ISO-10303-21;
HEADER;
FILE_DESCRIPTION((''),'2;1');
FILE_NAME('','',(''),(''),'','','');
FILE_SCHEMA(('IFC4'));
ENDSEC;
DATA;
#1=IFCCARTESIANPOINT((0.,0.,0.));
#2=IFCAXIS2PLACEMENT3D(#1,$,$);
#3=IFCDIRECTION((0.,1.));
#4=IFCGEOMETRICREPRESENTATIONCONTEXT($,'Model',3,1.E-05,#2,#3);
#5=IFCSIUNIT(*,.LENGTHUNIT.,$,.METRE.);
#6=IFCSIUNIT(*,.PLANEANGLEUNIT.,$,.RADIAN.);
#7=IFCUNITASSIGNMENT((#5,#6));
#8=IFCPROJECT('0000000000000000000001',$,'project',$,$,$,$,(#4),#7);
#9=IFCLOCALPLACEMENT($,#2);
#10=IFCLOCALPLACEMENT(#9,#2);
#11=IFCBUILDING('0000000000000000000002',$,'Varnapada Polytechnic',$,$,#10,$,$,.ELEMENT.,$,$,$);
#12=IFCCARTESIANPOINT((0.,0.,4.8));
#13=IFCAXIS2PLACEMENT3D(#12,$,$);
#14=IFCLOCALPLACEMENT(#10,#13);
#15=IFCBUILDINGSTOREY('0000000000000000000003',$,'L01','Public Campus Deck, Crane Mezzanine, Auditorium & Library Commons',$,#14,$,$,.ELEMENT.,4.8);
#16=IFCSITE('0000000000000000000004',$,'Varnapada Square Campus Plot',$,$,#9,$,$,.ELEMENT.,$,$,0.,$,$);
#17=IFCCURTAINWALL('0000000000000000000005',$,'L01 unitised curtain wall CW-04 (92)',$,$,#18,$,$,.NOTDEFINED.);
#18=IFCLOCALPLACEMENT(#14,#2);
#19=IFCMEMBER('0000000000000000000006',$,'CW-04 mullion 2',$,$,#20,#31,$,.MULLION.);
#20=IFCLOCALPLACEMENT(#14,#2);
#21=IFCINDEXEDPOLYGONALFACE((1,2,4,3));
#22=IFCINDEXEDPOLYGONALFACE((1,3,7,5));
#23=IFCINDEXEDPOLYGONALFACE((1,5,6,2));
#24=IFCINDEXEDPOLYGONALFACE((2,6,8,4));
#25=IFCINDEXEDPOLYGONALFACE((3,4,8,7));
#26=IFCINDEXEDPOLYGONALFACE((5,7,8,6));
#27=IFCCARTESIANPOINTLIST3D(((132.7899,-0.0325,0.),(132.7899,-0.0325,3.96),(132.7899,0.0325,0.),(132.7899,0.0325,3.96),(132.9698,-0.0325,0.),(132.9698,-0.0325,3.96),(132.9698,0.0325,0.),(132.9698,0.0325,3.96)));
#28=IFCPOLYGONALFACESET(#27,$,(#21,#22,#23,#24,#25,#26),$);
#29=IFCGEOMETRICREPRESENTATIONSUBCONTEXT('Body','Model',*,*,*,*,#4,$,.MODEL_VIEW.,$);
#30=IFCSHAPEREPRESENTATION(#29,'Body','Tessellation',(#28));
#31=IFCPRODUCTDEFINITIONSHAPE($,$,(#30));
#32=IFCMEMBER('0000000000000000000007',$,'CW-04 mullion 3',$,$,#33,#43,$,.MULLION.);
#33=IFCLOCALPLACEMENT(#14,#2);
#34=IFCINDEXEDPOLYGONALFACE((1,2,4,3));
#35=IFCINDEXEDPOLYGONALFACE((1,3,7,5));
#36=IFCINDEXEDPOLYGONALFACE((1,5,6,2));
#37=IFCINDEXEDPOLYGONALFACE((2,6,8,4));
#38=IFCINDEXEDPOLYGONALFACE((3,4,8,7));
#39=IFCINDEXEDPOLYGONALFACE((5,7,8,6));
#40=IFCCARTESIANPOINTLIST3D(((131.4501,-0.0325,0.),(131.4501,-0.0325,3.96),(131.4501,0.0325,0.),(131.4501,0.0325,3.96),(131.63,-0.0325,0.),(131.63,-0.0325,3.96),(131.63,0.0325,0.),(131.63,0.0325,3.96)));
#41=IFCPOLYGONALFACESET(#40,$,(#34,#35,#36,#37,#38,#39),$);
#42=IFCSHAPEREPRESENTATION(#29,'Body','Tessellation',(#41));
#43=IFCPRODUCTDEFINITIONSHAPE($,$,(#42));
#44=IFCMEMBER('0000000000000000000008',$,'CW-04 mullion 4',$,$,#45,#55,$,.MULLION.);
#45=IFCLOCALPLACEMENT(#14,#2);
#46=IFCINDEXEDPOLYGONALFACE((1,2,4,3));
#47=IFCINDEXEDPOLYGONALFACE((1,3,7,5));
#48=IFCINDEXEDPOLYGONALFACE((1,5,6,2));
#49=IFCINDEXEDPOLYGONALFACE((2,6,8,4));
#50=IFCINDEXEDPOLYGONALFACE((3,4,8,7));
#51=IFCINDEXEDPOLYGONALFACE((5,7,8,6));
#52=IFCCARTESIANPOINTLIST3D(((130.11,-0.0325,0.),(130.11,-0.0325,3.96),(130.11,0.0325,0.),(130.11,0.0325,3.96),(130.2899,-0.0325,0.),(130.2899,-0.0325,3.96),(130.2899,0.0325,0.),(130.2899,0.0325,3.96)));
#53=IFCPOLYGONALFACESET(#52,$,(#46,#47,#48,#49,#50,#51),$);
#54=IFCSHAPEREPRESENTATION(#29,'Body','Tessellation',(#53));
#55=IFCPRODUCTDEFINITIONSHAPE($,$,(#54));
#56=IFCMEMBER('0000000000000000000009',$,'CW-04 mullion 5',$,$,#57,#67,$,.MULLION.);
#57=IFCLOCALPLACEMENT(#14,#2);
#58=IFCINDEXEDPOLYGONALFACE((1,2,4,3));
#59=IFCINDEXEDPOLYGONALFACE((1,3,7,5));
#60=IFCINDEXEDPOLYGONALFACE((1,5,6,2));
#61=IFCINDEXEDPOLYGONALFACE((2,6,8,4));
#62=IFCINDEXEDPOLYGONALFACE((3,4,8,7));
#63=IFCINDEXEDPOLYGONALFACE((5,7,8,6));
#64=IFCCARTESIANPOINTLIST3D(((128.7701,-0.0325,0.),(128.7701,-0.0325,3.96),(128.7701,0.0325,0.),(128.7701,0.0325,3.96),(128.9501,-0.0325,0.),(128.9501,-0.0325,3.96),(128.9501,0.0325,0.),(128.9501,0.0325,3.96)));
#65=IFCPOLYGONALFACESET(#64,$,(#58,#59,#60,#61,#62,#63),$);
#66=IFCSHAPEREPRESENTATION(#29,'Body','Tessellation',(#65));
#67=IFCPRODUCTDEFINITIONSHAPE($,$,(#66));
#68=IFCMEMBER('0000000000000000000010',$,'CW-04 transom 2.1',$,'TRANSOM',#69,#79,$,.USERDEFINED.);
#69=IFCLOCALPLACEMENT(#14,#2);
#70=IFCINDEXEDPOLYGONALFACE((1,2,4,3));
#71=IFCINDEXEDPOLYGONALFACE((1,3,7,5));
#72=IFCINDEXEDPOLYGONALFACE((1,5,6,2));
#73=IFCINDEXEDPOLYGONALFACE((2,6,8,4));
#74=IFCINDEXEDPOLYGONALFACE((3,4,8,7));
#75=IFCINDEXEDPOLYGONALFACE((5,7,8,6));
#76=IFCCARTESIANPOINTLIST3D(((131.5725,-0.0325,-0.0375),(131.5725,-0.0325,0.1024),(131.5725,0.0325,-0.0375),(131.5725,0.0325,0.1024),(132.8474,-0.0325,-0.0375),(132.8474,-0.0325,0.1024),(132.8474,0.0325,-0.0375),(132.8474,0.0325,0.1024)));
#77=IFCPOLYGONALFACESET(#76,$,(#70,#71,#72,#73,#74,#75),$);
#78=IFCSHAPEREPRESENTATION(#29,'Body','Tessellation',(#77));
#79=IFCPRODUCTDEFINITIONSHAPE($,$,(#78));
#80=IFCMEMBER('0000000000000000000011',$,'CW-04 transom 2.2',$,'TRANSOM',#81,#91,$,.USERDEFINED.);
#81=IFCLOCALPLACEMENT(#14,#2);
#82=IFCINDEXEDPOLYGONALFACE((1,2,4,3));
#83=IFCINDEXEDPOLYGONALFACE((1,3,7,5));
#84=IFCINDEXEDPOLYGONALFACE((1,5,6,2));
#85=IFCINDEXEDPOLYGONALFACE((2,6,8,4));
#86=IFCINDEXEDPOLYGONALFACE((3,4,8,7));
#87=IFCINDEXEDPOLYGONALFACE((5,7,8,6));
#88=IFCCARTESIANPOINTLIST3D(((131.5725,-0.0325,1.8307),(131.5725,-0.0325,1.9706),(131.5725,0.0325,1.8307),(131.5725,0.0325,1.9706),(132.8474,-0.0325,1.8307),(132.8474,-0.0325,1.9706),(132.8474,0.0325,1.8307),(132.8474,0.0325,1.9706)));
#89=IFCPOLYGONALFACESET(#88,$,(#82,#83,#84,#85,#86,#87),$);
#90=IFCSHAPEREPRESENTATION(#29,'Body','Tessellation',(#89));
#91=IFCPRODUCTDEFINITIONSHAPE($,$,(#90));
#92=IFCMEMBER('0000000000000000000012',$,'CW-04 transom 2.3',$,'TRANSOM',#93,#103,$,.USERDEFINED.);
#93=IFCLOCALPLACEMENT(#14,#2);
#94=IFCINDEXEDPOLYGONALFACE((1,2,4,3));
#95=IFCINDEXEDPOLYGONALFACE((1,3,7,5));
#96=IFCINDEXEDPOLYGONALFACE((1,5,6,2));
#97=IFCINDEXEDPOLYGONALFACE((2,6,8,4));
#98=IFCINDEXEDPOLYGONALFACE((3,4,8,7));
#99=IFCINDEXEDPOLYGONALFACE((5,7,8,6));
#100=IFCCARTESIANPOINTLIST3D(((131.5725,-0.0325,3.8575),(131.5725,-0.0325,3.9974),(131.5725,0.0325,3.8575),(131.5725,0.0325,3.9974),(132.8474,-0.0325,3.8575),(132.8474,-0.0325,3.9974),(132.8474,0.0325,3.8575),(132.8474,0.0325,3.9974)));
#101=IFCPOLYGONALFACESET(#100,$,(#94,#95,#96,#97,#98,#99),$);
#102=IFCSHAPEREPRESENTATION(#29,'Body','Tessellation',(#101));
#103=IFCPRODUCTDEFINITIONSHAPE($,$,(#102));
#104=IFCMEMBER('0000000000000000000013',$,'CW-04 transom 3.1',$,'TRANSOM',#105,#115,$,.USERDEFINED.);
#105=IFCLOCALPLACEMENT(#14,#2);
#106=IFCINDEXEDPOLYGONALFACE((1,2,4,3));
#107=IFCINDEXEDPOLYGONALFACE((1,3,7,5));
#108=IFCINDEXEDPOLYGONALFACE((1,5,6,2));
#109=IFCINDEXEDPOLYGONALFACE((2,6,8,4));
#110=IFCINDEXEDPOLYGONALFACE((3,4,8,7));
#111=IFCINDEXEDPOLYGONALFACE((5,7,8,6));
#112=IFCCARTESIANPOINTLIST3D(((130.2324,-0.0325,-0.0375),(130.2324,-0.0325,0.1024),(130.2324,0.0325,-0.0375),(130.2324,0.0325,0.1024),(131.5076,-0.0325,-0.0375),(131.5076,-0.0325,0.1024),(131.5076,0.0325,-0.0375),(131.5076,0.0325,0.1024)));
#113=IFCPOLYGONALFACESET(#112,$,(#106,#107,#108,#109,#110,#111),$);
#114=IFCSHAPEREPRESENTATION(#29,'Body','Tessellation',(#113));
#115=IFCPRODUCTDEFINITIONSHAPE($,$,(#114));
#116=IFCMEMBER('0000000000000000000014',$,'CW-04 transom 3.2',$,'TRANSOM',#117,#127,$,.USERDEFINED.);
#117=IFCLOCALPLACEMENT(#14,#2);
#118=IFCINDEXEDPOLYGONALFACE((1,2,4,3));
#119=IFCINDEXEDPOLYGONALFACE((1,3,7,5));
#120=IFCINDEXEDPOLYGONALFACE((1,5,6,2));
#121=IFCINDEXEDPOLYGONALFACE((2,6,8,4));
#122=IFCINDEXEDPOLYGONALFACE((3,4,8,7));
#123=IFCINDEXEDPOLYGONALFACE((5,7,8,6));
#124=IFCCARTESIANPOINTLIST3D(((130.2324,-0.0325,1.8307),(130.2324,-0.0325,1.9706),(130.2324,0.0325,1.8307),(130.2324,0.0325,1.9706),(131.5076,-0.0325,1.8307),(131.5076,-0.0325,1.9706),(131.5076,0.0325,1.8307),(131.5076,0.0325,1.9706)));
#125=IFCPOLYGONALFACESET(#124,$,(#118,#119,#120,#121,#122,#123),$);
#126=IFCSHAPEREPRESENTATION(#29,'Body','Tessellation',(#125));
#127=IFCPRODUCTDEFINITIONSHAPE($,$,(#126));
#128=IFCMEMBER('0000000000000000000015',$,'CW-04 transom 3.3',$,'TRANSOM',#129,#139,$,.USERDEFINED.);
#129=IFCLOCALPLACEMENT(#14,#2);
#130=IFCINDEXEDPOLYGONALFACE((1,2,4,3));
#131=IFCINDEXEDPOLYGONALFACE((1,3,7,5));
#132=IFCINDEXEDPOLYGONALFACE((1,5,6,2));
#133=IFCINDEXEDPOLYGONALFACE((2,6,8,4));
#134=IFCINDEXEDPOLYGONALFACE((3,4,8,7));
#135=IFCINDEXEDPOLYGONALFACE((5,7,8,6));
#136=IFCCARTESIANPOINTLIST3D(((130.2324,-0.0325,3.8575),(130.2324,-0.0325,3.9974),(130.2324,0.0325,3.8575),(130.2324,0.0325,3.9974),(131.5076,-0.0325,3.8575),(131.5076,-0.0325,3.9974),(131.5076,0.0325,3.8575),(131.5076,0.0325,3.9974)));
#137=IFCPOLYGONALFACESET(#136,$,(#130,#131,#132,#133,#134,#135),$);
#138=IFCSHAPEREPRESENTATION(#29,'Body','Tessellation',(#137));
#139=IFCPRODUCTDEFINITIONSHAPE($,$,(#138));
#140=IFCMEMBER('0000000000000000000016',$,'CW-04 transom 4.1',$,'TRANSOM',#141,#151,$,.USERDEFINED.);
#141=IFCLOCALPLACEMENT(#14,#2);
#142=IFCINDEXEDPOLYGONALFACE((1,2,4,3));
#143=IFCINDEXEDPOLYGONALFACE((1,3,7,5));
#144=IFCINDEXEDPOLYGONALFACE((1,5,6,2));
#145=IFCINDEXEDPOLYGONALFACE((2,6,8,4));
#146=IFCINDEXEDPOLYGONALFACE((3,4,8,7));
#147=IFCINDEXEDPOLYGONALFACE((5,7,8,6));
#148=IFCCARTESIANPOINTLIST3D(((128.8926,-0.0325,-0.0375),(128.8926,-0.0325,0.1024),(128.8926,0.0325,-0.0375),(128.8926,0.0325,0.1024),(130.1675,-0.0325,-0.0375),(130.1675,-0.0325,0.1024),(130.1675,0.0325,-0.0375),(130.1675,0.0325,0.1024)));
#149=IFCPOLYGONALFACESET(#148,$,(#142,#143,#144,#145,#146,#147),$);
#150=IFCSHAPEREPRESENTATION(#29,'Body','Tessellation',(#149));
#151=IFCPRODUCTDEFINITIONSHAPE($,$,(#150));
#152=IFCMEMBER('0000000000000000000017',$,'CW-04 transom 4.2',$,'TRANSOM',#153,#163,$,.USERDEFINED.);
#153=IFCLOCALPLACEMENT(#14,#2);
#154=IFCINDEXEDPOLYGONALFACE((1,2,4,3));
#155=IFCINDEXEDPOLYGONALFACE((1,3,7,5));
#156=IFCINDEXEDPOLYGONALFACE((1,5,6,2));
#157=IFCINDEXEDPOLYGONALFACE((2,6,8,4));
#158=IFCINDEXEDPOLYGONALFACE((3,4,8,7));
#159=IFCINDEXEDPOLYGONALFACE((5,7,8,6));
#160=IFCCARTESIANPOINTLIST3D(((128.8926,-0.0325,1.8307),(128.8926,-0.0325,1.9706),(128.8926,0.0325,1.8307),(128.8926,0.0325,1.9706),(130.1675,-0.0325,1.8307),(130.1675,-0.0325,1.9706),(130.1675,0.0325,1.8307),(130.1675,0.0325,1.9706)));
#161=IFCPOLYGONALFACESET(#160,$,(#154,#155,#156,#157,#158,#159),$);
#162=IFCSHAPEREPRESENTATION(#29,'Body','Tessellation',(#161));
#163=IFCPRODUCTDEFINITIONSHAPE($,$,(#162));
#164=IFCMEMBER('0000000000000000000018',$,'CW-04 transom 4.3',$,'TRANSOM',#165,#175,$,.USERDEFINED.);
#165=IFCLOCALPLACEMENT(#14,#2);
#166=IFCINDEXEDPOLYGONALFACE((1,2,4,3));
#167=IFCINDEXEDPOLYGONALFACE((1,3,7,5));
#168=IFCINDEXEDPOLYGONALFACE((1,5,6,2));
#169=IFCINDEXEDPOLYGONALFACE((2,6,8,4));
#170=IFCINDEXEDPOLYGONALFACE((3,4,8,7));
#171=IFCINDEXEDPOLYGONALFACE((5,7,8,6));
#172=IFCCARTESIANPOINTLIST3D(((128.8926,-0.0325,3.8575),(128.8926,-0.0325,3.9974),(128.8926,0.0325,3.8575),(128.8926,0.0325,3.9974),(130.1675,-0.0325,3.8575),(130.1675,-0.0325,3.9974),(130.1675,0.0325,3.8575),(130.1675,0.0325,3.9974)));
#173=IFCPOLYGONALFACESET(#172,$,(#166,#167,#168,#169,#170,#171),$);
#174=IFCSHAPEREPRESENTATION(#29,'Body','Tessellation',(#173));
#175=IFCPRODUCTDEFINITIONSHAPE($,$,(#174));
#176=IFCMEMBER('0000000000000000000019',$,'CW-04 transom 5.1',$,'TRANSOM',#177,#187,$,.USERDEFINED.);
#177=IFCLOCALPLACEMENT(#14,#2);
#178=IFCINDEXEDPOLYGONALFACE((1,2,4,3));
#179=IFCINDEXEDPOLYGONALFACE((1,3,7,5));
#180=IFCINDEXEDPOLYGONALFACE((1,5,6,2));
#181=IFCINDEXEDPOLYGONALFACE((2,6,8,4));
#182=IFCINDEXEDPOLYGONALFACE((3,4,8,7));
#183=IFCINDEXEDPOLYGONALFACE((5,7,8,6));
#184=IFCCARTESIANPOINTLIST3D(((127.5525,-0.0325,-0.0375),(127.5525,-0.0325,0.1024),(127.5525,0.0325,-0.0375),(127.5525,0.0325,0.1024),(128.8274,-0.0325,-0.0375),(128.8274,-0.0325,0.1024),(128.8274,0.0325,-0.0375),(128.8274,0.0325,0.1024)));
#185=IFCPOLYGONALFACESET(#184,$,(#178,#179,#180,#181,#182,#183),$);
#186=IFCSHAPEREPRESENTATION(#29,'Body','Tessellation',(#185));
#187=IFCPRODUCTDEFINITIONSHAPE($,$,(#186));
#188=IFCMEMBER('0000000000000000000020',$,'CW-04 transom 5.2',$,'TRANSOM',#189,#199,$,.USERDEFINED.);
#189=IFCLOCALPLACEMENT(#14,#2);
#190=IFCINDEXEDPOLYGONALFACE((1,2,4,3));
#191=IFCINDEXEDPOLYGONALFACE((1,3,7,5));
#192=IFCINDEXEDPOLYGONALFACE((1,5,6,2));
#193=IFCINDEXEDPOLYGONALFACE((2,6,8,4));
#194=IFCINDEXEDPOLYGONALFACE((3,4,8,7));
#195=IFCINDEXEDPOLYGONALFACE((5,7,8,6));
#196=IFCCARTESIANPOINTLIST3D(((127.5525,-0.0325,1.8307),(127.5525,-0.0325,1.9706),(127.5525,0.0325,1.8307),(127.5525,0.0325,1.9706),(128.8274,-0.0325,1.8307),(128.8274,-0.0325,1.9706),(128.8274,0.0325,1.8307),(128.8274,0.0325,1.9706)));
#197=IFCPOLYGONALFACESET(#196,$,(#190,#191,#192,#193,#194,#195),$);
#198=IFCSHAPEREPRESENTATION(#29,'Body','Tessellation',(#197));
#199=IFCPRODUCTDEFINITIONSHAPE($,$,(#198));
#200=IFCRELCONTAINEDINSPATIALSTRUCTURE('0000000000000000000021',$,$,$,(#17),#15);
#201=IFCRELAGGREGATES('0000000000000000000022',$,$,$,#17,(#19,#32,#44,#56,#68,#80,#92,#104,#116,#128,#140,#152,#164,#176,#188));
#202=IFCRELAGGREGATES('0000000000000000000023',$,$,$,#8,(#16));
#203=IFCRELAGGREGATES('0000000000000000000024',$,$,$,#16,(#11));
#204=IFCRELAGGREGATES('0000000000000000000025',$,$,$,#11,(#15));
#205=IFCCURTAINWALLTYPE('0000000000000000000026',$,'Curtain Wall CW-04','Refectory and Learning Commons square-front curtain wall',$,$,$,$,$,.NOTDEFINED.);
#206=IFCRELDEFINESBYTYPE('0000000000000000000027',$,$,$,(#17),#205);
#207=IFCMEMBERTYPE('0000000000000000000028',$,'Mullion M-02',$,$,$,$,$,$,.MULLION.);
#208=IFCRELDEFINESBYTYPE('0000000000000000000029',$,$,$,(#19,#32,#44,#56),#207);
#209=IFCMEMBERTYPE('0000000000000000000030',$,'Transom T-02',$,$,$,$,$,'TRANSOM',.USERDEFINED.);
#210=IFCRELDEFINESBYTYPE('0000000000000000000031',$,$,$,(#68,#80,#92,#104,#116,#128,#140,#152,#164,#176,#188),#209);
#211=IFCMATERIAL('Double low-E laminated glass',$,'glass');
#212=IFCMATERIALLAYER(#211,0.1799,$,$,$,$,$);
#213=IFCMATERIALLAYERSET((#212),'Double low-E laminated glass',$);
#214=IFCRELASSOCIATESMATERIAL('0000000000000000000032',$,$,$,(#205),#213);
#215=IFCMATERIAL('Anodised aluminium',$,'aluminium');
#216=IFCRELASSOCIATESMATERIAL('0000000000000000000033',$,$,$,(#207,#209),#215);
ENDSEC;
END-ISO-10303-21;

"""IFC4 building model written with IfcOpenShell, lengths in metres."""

from ifc_helpers import new_model, si_unit, direction, frame, origin, origin_2d, place, context, subcontext, project, spatial, rectangle, extrude, material, layer, layer_set, material_profile, profile_set, type_object, element, aggregate, save


model = new_model("IFC4")

# Units and contexts
model_context = context("Model", 3, precision=1e-05, world=origin(), true_north=direction((0.0, 1.0)))
body_context = subcontext(model_context, "Body", "Model", "MODEL_VIEW")
ifc_project = project(units=[si_unit("LENGTHUNIT", "METRE"), si_unit("PLANEANGLEUNIT", "RADIAN")], contexts=[model_context])

# Site, building, storey
site_placement = place(None, origin())
site = spatial("IfcSite", under=ifc_project, at=site_placement, Name="Varnapada Square Campus Plot", CompositionType="ELEMENT", RefElevation=0.0)
building_placement = place(site_placement, origin())
building = spatial("IfcBuilding", under=site, at=building_placement, Name="Varnapada Polytechnic", CompositionType="ELEMENT")
storey_placement = place(building_placement, frame((0.0, 0.0, 4.8)))
storey = spatial("IfcBuildingStorey", under=building, at=storey_placement, Name="L01", Description="Public Campus Deck, Crane Mezzanine, Auditorium & Library Commons", CompositionType="ELEMENT", Elevation=4.8)

# Curtain wall, members
ifc_material_1 = material(Name="Double low-E laminated glass", Category="glass")
ifc_layer_1 = layer(ifc_material_1, 0.1799)
ifc_layer_set_1 = layer_set([ifc_layer_1], Name="Double low-E laminated glass")
curtain_wall_type = type_object("IfcCurtainWallType", Name="Curtain Wall CW-04", Description="Refectory and Learning Commons square-front curtain wall", PredefinedType="NOTDEFINED", material=ifc_layer_set_1)
curtain_wall_placement = place(storey_placement, origin())
curtain_wall = element("IfcCurtainWall", 1, at=curtain_wall_placement, inside=storey, type_object=curtain_wall_type, Name="L01 unitised curtain wall CW-04 (92)", PredefinedType="NOTDEFINED")
ifc_material_2 = material(Name="Anodised aluminium", Category="aluminium")
ifc_material_profile_1 = material_profile(ifc_material_2, rectangle(XDim=0.0649, YDim=0.1799, at=origin_2d()), Name="ALU M65x180")
ifc_profile_set_1 = profile_set([ifc_material_profile_1], Name="Anodised aluminium")
member_type_1 = type_object("IfcMemberType", Name="Mullion M-02", PredefinedType="MULLION", material=ifc_profile_set_1)
member_1_placement = place(storey_placement, frame((132.8799, 0.0, 0.0), z_axis=(0.0, 0.0, 1.0), x_axis=(0.0, -1.0, 0.0)))
member_1 = element("IfcMember", 2, at=member_1_placement, type_object=member_type_1, Name="CW-04 mullion 2", PredefinedType="MULLION", context=body_context, shape_type="SweptSolid", body=[
    extrude(rectangle(XDim=0.0649, YDim=0.1799, at=origin_2d()), origin(), (0.0, 0.0, 1.0), 3.96),
])
member_2_placement = place(storey_placement, frame((131.54, 0.0, 0.0), z_axis=(0.0, 0.0, 1.0), x_axis=(0.0, -1.0, 0.0)))
member_2 = element("IfcMember", 3, at=member_2_placement, type_object=member_type_1, Name="CW-04 mullion 3", PredefinedType="MULLION", context=body_context, shape_type="SweptSolid", body=[
    extrude(rectangle(XDim=0.0649, YDim=0.1799, at=origin_2d()), origin(), (0.0, 0.0, 1.0), 3.96),
])
member_3_placement = place(storey_placement, frame((130.2, 0.0, 0.0), z_axis=(0.0, 0.0, 1.0), x_axis=(0.0, -1.0, 0.0)))
member_3 = element("IfcMember", 4, at=member_3_placement, type_object=member_type_1, Name="CW-04 mullion 4", PredefinedType="MULLION", context=body_context, shape_type="SweptSolid", body=[
    extrude(rectangle(XDim=0.0649, YDim=0.1799, at=origin_2d()), origin(), (0.0, 0.0, 1.0), 3.96),
])
member_4_placement = place(storey_placement, frame((128.8601, 0.0, 0.0), z_axis=(0.0, 0.0, 1.0), x_axis=(0.0, -1.0, 0.0)))
member_4 = element("IfcMember", 5, at=member_4_placement, type_object=member_type_1, Name="CW-04 mullion 5", PredefinedType="MULLION", context=body_context, shape_type="SweptSolid", body=[
    extrude(rectangle(XDim=0.0649, YDim=0.1799, at=origin_2d()), origin(), (0.0, 0.0, 1.0), 3.96),
])
ifc_material_profile_2 = material_profile(ifc_material_2, rectangle(XDim=0.0649, YDim=0.1399, at=origin_2d()), Name="ALU T65x140")
ifc_profile_set_2 = profile_set([ifc_material_profile_2], Name="Anodised aluminium")
member_type_2 = type_object("IfcMemberType", Name="Transom T-02", ElementType="TRANSOM", PredefinedType="USERDEFINED", material=ifc_profile_set_2)
member_5_placement = place(storey_placement, frame((132.8474, 0.0, 0.0325), z_axis=(-1.0, 0.0, 0.0), x_axis=(0.0, -1.0, 0.0)))
member_5 = element("IfcMember", 6, at=member_5_placement, type_object=member_type_2, Name="CW-04 transom 2.1", ObjectType="TRANSOM", PredefinedType="USERDEFINED", context=body_context, shape_type="SweptSolid", body=[
    extrude(rectangle(XDim=0.0649, YDim=0.1399, at=origin_2d()), origin(), (0.0, 0.0, 1.0), 1.2749),
])
member_6_placement = place(storey_placement, frame((132.8474, 0.0, 1.9006), z_axis=(-1.0, 0.0, 0.0), x_axis=(0.0, -1.0, 0.0)))
member_6 = element("IfcMember", 7, at=member_6_placement, type_object=member_type_2, Name="CW-04 transom 2.2", ObjectType="TRANSOM", PredefinedType="USERDEFINED", context=body_context, shape_type="SweptSolid", body=[
    extrude(rectangle(XDim=0.0649, YDim=0.1399, at=origin_2d()), origin(), (0.0, 0.0, 1.0), 1.2749),
])
member_7_placement = place(storey_placement, frame((132.8474, 0.0, 3.9275), z_axis=(-1.0, 0.0, 0.0), x_axis=(0.0, -1.0, 0.0)))
member_7 = element("IfcMember", 8, at=member_7_placement, type_object=member_type_2, Name="CW-04 transom 2.3", ObjectType="TRANSOM", PredefinedType="USERDEFINED", context=body_context, shape_type="SweptSolid", body=[
    extrude(rectangle(XDim=0.0649, YDim=0.1399, at=origin_2d()), origin(), (0.0, 0.0, 1.0), 1.2749),
])
member_8_placement = place(storey_placement, frame((131.5076, 0.0, 0.0325), z_axis=(-1.0, 0.0, 0.0), x_axis=(0.0, -1.0, 0.0)))
member_8 = element("IfcMember", 9, at=member_8_placement, type_object=member_type_2, Name="CW-04 transom 3.1", ObjectType="TRANSOM", PredefinedType="USERDEFINED", context=body_context, shape_type="SweptSolid", body=[
    extrude(rectangle(XDim=0.0649, YDim=0.1399, at=origin_2d()), origin(), (0.0, 0.0, 1.0), 1.2751),
])
member_9_placement = place(storey_placement, frame((131.5076, 0.0, 1.9006), z_axis=(-1.0, 0.0, 0.0), x_axis=(0.0, -1.0, 0.0)))
member_9 = element("IfcMember", 10, at=member_9_placement, type_object=member_type_2, Name="CW-04 transom 3.2", ObjectType="TRANSOM", PredefinedType="USERDEFINED", context=body_context, shape_type="SweptSolid", body=[
    extrude(rectangle(XDim=0.0649, YDim=0.1399, at=origin_2d()), origin(), (0.0, 0.0, 1.0), 1.2751),
])
member_10_placement = place(storey_placement, frame((131.5076, 0.0, 3.9275), z_axis=(-1.0, 0.0, 0.0), x_axis=(0.0, -1.0, 0.0)))
member_10 = element("IfcMember", 11, at=member_10_placement, type_object=member_type_2, Name="CW-04 transom 3.3", ObjectType="TRANSOM", PredefinedType="USERDEFINED", context=body_context, shape_type="SweptSolid", body=[
    extrude(rectangle(XDim=0.0649, YDim=0.1399, at=origin_2d()), origin(), (0.0, 0.0, 1.0), 1.2751),
])
member_11_placement = place(storey_placement, frame((130.1675, 0.0, 0.0325), z_axis=(-1.0, 0.0, 0.0), x_axis=(0.0, -1.0, 0.0)))
member_11 = element("IfcMember", 12, at=member_11_placement, type_object=member_type_2, Name="CW-04 transom 4.1", ObjectType="TRANSOM", PredefinedType="USERDEFINED", context=body_context, shape_type="SweptSolid", body=[
    extrude(rectangle(XDim=0.0649, YDim=0.1399, at=origin_2d()), origin(), (0.0, 0.0, 1.0), 1.2749),
])
member_12_placement = place(storey_placement, frame((130.1675, 0.0, 1.9006), z_axis=(-1.0, 0.0, 0.0), x_axis=(0.0, -1.0, 0.0)))
member_12 = element("IfcMember", 13, at=member_12_placement, type_object=member_type_2, Name="CW-04 transom 4.2", ObjectType="TRANSOM", PredefinedType="USERDEFINED", context=body_context, shape_type="SweptSolid", body=[
    extrude(rectangle(XDim=0.0649, YDim=0.1399, at=origin_2d()), origin(), (0.0, 0.0, 1.0), 1.2749),
])
member_13_placement = place(storey_placement, frame((130.1675, 0.0, 3.9275), z_axis=(-1.0, 0.0, 0.0), x_axis=(0.0, -1.0, 0.0)))
member_13 = element("IfcMember", 14, at=member_13_placement, type_object=member_type_2, Name="CW-04 transom 4.3", ObjectType="TRANSOM", PredefinedType="USERDEFINED", context=body_context, shape_type="SweptSolid", body=[
    extrude(rectangle(XDim=0.0649, YDim=0.1399, at=origin_2d()), origin(), (0.0, 0.0, 1.0), 1.2749),
])
member_14_placement = place(storey_placement, frame((128.8274, 0.0, 0.0325), z_axis=(-1.0, 0.0, 0.0), x_axis=(0.0, -1.0, 0.0)))
member_14 = element("IfcMember", 15, at=member_14_placement, type_object=member_type_2, Name="CW-04 transom 5.1", ObjectType="TRANSOM", PredefinedType="USERDEFINED", context=body_context, shape_type="SweptSolid", body=[
    extrude(rectangle(XDim=0.0649, YDim=0.1399, at=origin_2d()), origin(), (0.0, 0.0, 1.0), 1.2749),
])
member_15_placement = place(storey_placement, frame((128.8274, 0.0, 1.9006), z_axis=(-1.0, 0.0, 0.0), x_axis=(0.0, -1.0, 0.0)))
member_15 = element("IfcMember", 16, at=member_15_placement, type_object=member_type_2, Name="CW-04 transom 5.2", ObjectType="TRANSOM", PredefinedType="USERDEFINED", context=body_context, shape_type="SweptSolid", body=[
    extrude(rectangle(XDim=0.0649, YDim=0.1399, at=origin_2d()), origin(), (0.0, 0.0, 1.0), 1.2749),
])
aggregate(curtain_wall, [member_1, member_2, member_3, member_4, member_5, member_6, member_7, member_8, member_9, member_10, member_11, member_12, member_13, member_14, member_15])

save(model, "model.ifc")
